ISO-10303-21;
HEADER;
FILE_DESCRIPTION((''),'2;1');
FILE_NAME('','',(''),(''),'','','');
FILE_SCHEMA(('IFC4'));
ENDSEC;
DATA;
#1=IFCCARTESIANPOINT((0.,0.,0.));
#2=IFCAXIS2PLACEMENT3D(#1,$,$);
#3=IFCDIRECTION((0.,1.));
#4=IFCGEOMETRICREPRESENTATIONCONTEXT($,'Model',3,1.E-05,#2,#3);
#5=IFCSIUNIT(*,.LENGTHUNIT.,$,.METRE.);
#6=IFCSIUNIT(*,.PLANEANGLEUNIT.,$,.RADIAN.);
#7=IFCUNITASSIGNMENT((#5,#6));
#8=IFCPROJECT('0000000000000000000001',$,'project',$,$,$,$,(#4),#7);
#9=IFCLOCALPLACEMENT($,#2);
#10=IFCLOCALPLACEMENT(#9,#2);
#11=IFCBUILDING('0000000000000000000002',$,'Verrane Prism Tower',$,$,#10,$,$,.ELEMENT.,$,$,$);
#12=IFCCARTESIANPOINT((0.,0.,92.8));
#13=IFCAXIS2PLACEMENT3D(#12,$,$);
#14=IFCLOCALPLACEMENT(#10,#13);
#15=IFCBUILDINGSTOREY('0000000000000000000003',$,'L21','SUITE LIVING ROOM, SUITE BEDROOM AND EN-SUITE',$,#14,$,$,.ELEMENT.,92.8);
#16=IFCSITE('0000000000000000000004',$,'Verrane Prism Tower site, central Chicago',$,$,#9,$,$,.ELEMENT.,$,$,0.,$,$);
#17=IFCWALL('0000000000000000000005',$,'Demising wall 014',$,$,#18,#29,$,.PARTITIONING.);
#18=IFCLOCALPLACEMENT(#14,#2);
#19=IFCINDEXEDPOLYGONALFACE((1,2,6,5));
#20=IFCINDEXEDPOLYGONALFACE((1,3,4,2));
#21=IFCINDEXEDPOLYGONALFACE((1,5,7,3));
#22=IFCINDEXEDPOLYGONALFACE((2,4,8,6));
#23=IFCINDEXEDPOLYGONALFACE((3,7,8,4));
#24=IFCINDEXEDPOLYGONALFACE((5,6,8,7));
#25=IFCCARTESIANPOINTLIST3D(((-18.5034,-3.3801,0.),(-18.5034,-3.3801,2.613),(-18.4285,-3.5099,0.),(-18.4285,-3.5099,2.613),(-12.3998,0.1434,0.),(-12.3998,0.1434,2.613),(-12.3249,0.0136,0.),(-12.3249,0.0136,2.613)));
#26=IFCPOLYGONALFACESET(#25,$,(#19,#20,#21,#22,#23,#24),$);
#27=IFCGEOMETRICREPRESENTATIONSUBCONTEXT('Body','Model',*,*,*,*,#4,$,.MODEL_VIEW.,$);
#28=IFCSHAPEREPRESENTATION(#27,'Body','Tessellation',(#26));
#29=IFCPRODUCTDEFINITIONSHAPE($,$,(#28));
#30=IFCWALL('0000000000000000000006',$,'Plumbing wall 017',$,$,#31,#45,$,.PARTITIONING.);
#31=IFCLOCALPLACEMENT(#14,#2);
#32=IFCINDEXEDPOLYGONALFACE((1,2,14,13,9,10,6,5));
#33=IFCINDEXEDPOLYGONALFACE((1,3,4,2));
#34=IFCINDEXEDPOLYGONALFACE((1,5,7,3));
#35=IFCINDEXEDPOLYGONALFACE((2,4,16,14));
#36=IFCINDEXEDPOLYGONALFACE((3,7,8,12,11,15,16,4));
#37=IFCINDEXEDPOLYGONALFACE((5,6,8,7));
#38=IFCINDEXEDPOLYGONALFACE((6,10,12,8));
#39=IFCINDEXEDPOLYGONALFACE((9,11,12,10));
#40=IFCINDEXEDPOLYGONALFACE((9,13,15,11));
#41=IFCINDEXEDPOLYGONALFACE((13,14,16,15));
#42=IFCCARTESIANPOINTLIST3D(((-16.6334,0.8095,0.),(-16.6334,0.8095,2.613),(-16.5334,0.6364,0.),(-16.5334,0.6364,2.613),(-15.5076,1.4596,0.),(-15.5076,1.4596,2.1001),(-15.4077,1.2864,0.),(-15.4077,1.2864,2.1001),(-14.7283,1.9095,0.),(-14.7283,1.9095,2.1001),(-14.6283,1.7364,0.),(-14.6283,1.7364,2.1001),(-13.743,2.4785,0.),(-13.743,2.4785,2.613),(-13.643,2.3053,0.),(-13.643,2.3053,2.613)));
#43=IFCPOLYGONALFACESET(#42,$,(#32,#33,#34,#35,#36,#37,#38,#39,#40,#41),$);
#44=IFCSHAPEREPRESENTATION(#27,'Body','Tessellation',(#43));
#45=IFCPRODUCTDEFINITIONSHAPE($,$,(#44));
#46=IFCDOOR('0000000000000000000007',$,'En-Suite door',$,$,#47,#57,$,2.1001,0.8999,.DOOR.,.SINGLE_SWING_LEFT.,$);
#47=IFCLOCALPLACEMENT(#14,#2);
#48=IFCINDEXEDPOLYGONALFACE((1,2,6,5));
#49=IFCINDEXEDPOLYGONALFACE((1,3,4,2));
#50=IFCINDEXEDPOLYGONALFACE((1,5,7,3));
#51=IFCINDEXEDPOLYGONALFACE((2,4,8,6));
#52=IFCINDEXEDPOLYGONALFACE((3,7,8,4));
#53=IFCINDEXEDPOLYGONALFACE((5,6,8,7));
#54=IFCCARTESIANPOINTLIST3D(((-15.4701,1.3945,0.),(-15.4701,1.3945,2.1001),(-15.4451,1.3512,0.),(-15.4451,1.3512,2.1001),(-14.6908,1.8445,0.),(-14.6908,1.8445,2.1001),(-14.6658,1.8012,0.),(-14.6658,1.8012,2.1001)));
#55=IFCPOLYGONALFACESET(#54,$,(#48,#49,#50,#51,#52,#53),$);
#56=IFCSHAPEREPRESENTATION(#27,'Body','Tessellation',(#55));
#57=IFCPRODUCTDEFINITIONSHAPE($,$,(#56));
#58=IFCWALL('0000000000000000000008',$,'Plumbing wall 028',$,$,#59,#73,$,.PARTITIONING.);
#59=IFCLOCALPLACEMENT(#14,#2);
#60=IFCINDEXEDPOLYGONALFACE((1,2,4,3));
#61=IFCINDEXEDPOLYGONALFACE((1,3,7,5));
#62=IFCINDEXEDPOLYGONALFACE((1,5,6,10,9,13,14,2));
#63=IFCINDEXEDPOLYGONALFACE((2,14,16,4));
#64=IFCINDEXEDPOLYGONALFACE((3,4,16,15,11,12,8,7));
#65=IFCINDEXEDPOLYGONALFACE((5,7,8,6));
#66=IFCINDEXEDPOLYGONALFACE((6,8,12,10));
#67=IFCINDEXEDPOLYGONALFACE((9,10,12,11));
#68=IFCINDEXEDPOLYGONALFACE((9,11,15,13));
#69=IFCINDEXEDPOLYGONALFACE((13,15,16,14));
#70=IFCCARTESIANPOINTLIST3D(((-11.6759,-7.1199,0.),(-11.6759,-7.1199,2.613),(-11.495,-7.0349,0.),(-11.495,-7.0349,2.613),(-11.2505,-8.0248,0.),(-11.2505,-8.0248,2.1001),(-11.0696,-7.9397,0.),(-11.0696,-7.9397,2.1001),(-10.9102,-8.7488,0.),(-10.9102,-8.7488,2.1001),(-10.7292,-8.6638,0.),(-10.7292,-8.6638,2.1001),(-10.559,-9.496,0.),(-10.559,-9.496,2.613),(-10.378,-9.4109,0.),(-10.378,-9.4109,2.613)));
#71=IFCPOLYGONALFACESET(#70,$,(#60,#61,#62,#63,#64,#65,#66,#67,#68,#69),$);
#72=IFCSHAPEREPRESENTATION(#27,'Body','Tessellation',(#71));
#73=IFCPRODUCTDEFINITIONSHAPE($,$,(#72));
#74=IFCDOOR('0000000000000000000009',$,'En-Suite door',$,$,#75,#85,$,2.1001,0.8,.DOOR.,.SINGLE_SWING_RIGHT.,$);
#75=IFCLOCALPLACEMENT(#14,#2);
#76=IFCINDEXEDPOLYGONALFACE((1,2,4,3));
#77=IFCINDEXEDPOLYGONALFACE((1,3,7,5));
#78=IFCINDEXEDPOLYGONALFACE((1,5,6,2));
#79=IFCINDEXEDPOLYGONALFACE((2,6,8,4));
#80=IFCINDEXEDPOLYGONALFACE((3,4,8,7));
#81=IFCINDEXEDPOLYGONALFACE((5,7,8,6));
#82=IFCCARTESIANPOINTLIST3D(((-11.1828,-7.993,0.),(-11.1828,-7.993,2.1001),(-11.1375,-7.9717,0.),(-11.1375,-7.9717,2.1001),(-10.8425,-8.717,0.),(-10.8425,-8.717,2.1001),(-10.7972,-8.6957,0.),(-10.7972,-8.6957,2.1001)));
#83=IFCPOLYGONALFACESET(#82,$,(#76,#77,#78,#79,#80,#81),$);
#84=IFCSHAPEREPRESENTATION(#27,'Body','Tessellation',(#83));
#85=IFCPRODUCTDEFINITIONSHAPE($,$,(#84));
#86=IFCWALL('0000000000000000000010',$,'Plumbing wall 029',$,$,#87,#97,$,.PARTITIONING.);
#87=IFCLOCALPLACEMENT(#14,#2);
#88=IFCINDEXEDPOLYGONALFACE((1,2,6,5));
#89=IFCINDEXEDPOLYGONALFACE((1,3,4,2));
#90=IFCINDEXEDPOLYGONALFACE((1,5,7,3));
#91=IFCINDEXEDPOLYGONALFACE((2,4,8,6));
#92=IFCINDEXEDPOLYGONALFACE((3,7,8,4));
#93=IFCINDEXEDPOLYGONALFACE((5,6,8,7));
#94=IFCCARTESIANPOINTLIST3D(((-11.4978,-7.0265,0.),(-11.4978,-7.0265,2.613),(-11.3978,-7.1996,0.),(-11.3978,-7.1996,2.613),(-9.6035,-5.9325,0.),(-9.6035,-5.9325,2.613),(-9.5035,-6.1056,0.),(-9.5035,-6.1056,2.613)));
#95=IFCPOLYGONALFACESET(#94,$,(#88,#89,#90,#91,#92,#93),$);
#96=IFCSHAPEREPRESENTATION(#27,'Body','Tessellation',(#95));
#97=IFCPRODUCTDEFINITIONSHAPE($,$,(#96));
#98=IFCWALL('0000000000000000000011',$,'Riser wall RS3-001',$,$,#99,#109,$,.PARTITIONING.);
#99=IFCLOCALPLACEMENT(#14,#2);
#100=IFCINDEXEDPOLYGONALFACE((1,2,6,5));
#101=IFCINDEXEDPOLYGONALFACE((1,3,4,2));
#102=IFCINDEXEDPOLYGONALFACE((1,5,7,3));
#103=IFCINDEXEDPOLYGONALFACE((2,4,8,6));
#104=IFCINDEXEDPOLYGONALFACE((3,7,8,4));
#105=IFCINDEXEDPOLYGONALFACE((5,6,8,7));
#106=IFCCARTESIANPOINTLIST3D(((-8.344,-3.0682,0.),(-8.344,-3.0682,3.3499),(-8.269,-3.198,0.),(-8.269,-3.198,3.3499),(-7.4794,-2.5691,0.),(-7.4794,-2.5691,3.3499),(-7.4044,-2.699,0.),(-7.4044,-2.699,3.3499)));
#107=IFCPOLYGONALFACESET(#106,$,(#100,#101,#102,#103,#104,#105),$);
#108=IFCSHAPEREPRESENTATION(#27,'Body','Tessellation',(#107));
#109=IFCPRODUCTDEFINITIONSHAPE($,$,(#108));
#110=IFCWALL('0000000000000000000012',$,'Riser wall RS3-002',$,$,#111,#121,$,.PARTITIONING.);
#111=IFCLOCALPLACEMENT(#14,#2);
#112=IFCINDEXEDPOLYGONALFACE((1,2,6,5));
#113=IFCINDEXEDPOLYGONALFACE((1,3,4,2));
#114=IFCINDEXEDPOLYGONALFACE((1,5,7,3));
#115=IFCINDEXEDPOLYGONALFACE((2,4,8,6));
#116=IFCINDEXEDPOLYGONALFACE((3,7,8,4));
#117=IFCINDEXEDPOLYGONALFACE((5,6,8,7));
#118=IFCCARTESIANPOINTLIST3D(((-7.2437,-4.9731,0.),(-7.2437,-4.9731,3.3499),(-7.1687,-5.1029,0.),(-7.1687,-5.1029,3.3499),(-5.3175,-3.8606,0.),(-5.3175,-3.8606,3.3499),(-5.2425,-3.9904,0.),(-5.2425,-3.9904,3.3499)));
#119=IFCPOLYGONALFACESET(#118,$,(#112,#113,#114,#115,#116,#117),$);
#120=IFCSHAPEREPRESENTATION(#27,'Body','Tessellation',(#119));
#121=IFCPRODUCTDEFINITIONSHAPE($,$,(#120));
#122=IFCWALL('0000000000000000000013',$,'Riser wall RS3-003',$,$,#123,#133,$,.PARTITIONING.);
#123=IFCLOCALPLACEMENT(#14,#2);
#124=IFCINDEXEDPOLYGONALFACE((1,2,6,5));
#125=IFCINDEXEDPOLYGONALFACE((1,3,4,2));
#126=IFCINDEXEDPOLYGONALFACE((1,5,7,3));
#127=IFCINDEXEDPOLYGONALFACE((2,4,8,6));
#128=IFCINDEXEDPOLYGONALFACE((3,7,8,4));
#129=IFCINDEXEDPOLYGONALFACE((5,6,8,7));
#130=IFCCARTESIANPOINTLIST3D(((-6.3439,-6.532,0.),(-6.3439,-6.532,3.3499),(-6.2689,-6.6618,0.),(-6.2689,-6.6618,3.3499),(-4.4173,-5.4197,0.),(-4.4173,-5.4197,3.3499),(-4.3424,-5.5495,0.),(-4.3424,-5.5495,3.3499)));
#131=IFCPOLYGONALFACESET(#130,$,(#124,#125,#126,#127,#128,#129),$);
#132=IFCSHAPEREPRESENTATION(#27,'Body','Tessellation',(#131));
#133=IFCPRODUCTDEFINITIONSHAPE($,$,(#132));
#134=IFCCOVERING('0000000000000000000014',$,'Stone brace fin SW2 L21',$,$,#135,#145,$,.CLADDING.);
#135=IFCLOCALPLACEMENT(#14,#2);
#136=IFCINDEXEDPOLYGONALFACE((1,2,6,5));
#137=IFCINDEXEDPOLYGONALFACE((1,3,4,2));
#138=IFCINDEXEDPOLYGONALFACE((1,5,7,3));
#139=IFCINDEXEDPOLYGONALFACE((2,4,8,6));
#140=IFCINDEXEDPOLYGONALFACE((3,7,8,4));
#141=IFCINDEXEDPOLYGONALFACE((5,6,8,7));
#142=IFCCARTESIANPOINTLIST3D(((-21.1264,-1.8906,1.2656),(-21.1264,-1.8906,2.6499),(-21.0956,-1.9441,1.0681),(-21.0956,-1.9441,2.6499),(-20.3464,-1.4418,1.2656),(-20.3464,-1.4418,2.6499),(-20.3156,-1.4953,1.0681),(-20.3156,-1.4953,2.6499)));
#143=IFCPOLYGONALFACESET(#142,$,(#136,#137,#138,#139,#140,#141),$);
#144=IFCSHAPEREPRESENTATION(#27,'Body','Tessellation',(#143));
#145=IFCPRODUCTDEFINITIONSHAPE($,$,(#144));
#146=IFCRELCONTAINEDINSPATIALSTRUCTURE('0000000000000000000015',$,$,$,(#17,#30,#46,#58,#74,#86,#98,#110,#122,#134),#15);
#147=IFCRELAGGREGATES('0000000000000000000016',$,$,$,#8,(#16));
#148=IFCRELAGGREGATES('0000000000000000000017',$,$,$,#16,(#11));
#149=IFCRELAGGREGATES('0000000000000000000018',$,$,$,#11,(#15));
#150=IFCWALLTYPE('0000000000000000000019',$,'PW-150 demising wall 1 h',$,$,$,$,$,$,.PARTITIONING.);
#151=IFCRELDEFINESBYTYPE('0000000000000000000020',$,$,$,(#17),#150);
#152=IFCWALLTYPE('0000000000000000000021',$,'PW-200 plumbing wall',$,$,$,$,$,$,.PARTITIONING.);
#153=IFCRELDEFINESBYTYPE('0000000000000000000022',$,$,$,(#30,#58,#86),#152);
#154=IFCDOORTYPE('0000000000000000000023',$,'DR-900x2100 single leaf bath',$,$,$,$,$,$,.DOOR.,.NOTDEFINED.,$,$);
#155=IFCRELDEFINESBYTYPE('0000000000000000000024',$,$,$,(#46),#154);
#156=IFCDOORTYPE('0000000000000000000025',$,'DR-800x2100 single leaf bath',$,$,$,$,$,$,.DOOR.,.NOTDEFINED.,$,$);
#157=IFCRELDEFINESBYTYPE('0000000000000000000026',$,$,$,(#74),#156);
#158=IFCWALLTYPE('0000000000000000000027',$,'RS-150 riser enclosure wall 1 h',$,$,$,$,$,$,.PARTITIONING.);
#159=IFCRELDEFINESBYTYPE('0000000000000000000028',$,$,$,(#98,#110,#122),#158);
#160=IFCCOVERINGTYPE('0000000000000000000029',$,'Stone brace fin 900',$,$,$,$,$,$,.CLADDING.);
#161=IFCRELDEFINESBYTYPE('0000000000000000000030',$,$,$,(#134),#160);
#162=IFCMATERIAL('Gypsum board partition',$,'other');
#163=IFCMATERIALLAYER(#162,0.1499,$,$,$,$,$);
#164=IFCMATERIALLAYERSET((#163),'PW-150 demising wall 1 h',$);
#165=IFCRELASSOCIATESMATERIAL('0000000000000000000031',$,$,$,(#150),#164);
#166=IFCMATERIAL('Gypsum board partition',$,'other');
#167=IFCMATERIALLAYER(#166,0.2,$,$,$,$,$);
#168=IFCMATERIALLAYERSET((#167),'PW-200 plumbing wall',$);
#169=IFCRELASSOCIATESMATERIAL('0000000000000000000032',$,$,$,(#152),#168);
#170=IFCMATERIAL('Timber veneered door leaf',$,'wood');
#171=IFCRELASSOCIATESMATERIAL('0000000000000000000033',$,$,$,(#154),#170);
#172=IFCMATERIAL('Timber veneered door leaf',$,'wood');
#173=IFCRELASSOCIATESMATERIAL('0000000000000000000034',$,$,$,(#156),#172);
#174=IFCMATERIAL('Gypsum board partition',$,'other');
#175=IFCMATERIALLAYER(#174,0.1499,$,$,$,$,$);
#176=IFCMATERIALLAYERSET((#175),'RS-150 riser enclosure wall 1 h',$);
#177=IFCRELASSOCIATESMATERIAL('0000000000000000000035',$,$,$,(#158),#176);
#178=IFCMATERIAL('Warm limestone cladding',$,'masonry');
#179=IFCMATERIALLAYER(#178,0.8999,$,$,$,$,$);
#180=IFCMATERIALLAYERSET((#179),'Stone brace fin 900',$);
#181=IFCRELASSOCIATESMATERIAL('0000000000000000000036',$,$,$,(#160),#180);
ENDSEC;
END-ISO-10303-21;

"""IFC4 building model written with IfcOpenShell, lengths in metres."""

from ifc_helpers import new_model, si_unit, direction, frame, frame_2d, origin, place, context, subcontext, project, spatial, polyline, rectangle, outline, extrude, material, layer, layer_set, type_object, element, fill, save


model = new_model("IFC4")

# Units and contexts
model_context = context("Model", 3, precision=1e-05, world=origin(), true_north=direction((0.0, 1.0)))
body_context = subcontext(model_context, "Body", "Model", "MODEL_VIEW")
ifc_project = project(units=[si_unit("LENGTHUNIT", "METRE"), si_unit("PLANEANGLEUNIT", "RADIAN")], contexts=[model_context])

# Site, building, storey
site_placement = place(None, origin())
site = spatial("IfcSite", under=ifc_project, at=site_placement, Name="Verrane Prism Tower site, central Chicago", CompositionType="ELEMENT", RefElevation=0.0)
building_placement = place(site_placement, origin())
building = spatial("IfcBuilding", under=site, at=building_placement, Name="Verrane Prism Tower", CompositionType="ELEMENT")
storey_placement = place(building_placement, frame((0.0, 0.0, 92.8)))
storey = spatial("IfcBuildingStorey", under=building, at=storey_placement, Name="L21", Description="SUITE LIVING ROOM, SUITE BEDROOM AND EN-SUITE", CompositionType="ELEMENT", Elevation=92.8)

# Wall
ifc_material_1 = material(Name="Gypsum board partition", Category="other")
ifc_layer_1 = layer(ifc_material_1, 0.1499)
ifc_layer_set_1 = layer_set([ifc_layer_1], Name="PW-150 demising wall 1 h")
wall_type_1 = type_object("IfcWallType", Name="PW-150 demising wall 1 h", PredefinedType="PARTITIONING", material=ifc_layer_set_1)
wall_1_placement = place(storey_placement, frame((-18.4661, -3.4451, 0.0), z_axis=(0.0, 0.0, 1.0), x_axis=(0.866052, 0.499954, 0.0)))
element("IfcWall", 1, at=wall_1_placement, inside=storey, type_object=wall_type_1, Name="Demising wall 014", PredefinedType="PARTITIONING", context=body_context, shape_type="SweptSolid", body=[
    extrude(rectangle(XDim=7.0476, YDim=0.1499, at=frame_2d((3.5239, 0.0))), origin(), (0.0, 0.0, 1.0), 2.613),
])

# Walls, openings, doors
ifc_material_2 = material(Name="Gypsum board partition", Category="other")
ifc_layer_2 = layer(ifc_material_2, 0.2)
ifc_layer_set_2 = layer_set([ifc_layer_2], Name="PW-200 plumbing wall")
wall_type_2 = type_object("IfcWallType", Name="PW-200 plumbing wall", PredefinedType="PARTITIONING", material=ifc_layer_set_2)
wall_2_placement = place(storey_placement, frame((-16.5835, 0.7229, 0.0), z_axis=(0.0, 0.0, 1.0), x_axis=(0.866002, 0.500041, 0.0)))
wall_2 = element("IfcWall", 2, at=wall_2_placement, inside=storey, type_object=wall_type_2, Name="Plumbing wall 017", PredefinedType="PARTITIONING", context=body_context, shape_type="SweptSolid", body=[
    extrude(rectangle(XDim=3.3376, YDim=0.2, at=frame_2d((1.6689, 0.0))), origin(), (0.0, 0.0, 1.0), 2.613),
])
opening_1_placement = place(wall_2_placement, frame((1.3, 0.0, 0.0)))
opening_1 = element("IfcOpeningElement", 3, at=opening_1_placement, cuts=wall_2, PredefinedType="OPENING", context=body_context, shape_type="SweptSolid", body=[
    extrude(rectangle(XDim=0.8999, YDim=2.1001, at=frame_2d((0.45, 1.05))), frame((0.0, 0.1099, 0.0), z_axis=(0.0, -1.0, 0.0), x_axis=(1.0, 0.0, 0.0)), (0.0, 0.0, 1.0), 0.22),
])
ifc_material_3 = material(Name="Timber veneered door leaf", Category="wood")
door_type_1 = type_object("IfcDoorType", Name="DR-900x2100 single leaf bath", OperationType="NOTDEFINED", PredefinedType="DOOR", material=ifc_material_3)
door_1_placement = place(opening_1_placement, origin())
door_1 = element("IfcDoor", 4, at=door_1_placement, inside=storey, type_object=door_type_1, Name="En-Suite door", OperationType="SINGLE_SWING_LEFT", OverallHeight=2.1001, OverallWidth=0.8999, PredefinedType="DOOR", context=body_context, shape_type="SweptSolid", body=[
    extrude(rectangle(XDim=0.8999, YDim=2.1001, at=frame_2d((0.45, 1.05))), frame((0.0, 0.0249, 0.0), z_axis=(0.0, -1.0, 0.0), x_axis=(1.0, 0.0, 0.0)), (0.0, 0.0, 1.0), 0.05),
])
fill(opening_1, door_1)
wall_3_placement = place(storey_placement, frame((-11.5854, -7.0774, 0.0), z_axis=(0.0, 0.0, 1.0), x_axis=(0.425434, -0.904989, 0.0)))
wall_3 = element("IfcWall", 5, at=wall_3_placement, inside=storey, type_object=wall_type_2, Name="Plumbing wall 028", PredefinedType="PARTITIONING", context=body_context, shape_type="SweptSolid", body=[
    extrude(rectangle(XDim=2.6255, YDim=0.2, at=frame_2d((1.3127, 0.0))), origin(), (0.0, 0.0, 1.0), 2.613),
])
opening_2_placement = place(wall_3_placement, frame((1.0, 0.0, 0.0)))
opening_2 = element("IfcOpeningElement", 6, at=opening_2_placement, cuts=wall_3, PredefinedType="OPENING", context=body_context, shape_type="SweptSolid", body=[
    extrude(rectangle(XDim=0.8, YDim=2.1001, at=frame_2d((0.3999, 1.05))), frame((0.0, 0.1099, 0.0), z_axis=(0.0, -1.0, 0.0), x_axis=(1.0, 0.0, 0.0)), (0.0, 0.0, 1.0), 0.22),
])
ifc_material_4 = material(Name="Timber veneered door leaf", Category="wood")
door_type_2 = type_object("IfcDoorType", Name="DR-800x2100 single leaf bath", OperationType="NOTDEFINED", PredefinedType="DOOR", material=ifc_material_4)
door_2_placement = place(opening_2_placement, origin())
door_2 = element("IfcDoor", 7, at=door_2_placement, inside=storey, type_object=door_type_2, Name="En-Suite door", OperationType="SINGLE_SWING_RIGHT", OverallHeight=2.1001, OverallWidth=0.8, PredefinedType="DOOR", context=body_context, shape_type="SweptSolid", body=[
    extrude(rectangle(XDim=0.8, YDim=2.1001, at=frame_2d((0.3999, 1.05))), frame((0.0, 0.0249, 0.0), z_axis=(0.0, -1.0, 0.0), x_axis=(1.0, 0.0, 0.0)), (0.0, 0.0, 1.0), 0.05),
])
fill(opening_2, door_2)

# Walls
wall_4_placement = place(storey_placement, frame((-11.4478, -7.113, 0.0), z_axis=(0.0, 0.0, 1.0), x_axis=(0.865961, 0.500112, 0.0)))
element("IfcWall", 8, at=wall_4_placement, inside=storey, type_object=wall_type_2, Name="Plumbing wall 029", PredefinedType="PARTITIONING", context=body_context, shape_type="SweptSolid", body=[
    extrude(rectangle(XDim=2.1875, YDim=0.2, at=frame_2d((1.0938, 0.0))), origin(), (0.0, 0.0, 1.0), 2.613),
])
ifc_material_5 = material(Name="Gypsum board partition", Category="other")
ifc_layer_3 = layer(ifc_material_5, 0.1499)
ifc_layer_set_3 = layer_set([ifc_layer_3], Name="RS-150 riser enclosure wall 1 h")
wall_type_3 = type_object("IfcWallType", Name="RS-150 riser enclosure wall 1 h", PredefinedType="PARTITIONING", material=ifc_layer_set_3)
wall_5_placement = place(storey_placement, frame((-8.3064, -3.1331, 0.0), z_axis=(0.0, 0.0, 1.0), x_axis=(0.866067, 0.499927, 0.0)))
element("IfcWall", 9, at=wall_5_placement, inside=storey, type_object=wall_type_3, Name="Riser wall RS3-001", PredefinedType="PARTITIONING", context=body_context, shape_type="SweptSolid", body=[
    extrude(rectangle(XDim=0.9983, YDim=0.1499, at=frame_2d((0.499, 0.0))), origin(), (0.0, 0.0, 1.0), 3.3499),
])
wall_6_placement = place(storey_placement, frame((-7.2063, -5.0381, 0.0), z_axis=(0.0, 0.0, 1.0), x_axis=(0.865944, 0.50014, 0.0)))
element("IfcWall", 10, at=wall_6_placement, inside=storey, type_object=wall_type_3, Name="Riser wall RS3-002", PredefinedType="PARTITIONING", context=body_context, shape_type="SweptSolid", body=[
    extrude(rectangle(XDim=2.2244, YDim=0.1499, at=frame_2d((1.1123, 0.0))), origin(), (0.0, 0.0, 1.0), 3.3499),
])
wall_7_placement = place(storey_placement, frame((-6.3064, -6.5969, 0.0), z_axis=(0.0, 0.0, 1.0), x_axis=(0.866019, 0.500011, 0.0)))
element("IfcWall", 11, at=wall_7_placement, inside=storey, type_object=wall_type_3, Name="Riser wall RS3-003", PredefinedType="PARTITIONING", context=body_context, shape_type="SweptSolid", body=[
    extrude(rectangle(XDim=2.2246, YDim=0.1499, at=frame_2d((1.1123, 0.0))), origin(), (0.0, 0.0, 1.0), 3.3499),
])

# Covering
ifc_material_6 = material(Name="Warm limestone cladding", Category="masonry")
ifc_layer_4 = layer(ifc_material_6, 0.8999)
ifc_layer_set_4 = layer_set([ifc_layer_4], Name="Stone brace fin 900")
covering_type = type_object("IfcCoveringType", Name="Stone brace fin 900", PredefinedType="CLADDING", material=ifc_layer_set_4)
covering_placement = place(storey_placement, frame((-20.7056, -1.7197, 1.0681), z_axis=(0.0, 0.0, 1.0), x_axis=(-0.498694, 0.866778, 0.0)))
element("IfcCovering", 12, at=covering_placement, inside=storey, type_object=covering_type, Name="Stone brace fin SW2 L21", PredefinedType="CLADDING", context=body_context, shape_type="SweptSolid", body=[
    extrude(outline(polyline([(0.0618, 1.5818), (0.0, 1.5818), (0.0, 0.0), (0.0618, 0.1975), (0.0618, 1.5818)])), frame((0.0, 0.45, 0.0), z_axis=(0.0, -1.0, 0.0), x_axis=(1.0, 0.0, 0.0)), (0.0, 0.0, 1.0), 0.8999),
])

save(model, "model.ifc")
